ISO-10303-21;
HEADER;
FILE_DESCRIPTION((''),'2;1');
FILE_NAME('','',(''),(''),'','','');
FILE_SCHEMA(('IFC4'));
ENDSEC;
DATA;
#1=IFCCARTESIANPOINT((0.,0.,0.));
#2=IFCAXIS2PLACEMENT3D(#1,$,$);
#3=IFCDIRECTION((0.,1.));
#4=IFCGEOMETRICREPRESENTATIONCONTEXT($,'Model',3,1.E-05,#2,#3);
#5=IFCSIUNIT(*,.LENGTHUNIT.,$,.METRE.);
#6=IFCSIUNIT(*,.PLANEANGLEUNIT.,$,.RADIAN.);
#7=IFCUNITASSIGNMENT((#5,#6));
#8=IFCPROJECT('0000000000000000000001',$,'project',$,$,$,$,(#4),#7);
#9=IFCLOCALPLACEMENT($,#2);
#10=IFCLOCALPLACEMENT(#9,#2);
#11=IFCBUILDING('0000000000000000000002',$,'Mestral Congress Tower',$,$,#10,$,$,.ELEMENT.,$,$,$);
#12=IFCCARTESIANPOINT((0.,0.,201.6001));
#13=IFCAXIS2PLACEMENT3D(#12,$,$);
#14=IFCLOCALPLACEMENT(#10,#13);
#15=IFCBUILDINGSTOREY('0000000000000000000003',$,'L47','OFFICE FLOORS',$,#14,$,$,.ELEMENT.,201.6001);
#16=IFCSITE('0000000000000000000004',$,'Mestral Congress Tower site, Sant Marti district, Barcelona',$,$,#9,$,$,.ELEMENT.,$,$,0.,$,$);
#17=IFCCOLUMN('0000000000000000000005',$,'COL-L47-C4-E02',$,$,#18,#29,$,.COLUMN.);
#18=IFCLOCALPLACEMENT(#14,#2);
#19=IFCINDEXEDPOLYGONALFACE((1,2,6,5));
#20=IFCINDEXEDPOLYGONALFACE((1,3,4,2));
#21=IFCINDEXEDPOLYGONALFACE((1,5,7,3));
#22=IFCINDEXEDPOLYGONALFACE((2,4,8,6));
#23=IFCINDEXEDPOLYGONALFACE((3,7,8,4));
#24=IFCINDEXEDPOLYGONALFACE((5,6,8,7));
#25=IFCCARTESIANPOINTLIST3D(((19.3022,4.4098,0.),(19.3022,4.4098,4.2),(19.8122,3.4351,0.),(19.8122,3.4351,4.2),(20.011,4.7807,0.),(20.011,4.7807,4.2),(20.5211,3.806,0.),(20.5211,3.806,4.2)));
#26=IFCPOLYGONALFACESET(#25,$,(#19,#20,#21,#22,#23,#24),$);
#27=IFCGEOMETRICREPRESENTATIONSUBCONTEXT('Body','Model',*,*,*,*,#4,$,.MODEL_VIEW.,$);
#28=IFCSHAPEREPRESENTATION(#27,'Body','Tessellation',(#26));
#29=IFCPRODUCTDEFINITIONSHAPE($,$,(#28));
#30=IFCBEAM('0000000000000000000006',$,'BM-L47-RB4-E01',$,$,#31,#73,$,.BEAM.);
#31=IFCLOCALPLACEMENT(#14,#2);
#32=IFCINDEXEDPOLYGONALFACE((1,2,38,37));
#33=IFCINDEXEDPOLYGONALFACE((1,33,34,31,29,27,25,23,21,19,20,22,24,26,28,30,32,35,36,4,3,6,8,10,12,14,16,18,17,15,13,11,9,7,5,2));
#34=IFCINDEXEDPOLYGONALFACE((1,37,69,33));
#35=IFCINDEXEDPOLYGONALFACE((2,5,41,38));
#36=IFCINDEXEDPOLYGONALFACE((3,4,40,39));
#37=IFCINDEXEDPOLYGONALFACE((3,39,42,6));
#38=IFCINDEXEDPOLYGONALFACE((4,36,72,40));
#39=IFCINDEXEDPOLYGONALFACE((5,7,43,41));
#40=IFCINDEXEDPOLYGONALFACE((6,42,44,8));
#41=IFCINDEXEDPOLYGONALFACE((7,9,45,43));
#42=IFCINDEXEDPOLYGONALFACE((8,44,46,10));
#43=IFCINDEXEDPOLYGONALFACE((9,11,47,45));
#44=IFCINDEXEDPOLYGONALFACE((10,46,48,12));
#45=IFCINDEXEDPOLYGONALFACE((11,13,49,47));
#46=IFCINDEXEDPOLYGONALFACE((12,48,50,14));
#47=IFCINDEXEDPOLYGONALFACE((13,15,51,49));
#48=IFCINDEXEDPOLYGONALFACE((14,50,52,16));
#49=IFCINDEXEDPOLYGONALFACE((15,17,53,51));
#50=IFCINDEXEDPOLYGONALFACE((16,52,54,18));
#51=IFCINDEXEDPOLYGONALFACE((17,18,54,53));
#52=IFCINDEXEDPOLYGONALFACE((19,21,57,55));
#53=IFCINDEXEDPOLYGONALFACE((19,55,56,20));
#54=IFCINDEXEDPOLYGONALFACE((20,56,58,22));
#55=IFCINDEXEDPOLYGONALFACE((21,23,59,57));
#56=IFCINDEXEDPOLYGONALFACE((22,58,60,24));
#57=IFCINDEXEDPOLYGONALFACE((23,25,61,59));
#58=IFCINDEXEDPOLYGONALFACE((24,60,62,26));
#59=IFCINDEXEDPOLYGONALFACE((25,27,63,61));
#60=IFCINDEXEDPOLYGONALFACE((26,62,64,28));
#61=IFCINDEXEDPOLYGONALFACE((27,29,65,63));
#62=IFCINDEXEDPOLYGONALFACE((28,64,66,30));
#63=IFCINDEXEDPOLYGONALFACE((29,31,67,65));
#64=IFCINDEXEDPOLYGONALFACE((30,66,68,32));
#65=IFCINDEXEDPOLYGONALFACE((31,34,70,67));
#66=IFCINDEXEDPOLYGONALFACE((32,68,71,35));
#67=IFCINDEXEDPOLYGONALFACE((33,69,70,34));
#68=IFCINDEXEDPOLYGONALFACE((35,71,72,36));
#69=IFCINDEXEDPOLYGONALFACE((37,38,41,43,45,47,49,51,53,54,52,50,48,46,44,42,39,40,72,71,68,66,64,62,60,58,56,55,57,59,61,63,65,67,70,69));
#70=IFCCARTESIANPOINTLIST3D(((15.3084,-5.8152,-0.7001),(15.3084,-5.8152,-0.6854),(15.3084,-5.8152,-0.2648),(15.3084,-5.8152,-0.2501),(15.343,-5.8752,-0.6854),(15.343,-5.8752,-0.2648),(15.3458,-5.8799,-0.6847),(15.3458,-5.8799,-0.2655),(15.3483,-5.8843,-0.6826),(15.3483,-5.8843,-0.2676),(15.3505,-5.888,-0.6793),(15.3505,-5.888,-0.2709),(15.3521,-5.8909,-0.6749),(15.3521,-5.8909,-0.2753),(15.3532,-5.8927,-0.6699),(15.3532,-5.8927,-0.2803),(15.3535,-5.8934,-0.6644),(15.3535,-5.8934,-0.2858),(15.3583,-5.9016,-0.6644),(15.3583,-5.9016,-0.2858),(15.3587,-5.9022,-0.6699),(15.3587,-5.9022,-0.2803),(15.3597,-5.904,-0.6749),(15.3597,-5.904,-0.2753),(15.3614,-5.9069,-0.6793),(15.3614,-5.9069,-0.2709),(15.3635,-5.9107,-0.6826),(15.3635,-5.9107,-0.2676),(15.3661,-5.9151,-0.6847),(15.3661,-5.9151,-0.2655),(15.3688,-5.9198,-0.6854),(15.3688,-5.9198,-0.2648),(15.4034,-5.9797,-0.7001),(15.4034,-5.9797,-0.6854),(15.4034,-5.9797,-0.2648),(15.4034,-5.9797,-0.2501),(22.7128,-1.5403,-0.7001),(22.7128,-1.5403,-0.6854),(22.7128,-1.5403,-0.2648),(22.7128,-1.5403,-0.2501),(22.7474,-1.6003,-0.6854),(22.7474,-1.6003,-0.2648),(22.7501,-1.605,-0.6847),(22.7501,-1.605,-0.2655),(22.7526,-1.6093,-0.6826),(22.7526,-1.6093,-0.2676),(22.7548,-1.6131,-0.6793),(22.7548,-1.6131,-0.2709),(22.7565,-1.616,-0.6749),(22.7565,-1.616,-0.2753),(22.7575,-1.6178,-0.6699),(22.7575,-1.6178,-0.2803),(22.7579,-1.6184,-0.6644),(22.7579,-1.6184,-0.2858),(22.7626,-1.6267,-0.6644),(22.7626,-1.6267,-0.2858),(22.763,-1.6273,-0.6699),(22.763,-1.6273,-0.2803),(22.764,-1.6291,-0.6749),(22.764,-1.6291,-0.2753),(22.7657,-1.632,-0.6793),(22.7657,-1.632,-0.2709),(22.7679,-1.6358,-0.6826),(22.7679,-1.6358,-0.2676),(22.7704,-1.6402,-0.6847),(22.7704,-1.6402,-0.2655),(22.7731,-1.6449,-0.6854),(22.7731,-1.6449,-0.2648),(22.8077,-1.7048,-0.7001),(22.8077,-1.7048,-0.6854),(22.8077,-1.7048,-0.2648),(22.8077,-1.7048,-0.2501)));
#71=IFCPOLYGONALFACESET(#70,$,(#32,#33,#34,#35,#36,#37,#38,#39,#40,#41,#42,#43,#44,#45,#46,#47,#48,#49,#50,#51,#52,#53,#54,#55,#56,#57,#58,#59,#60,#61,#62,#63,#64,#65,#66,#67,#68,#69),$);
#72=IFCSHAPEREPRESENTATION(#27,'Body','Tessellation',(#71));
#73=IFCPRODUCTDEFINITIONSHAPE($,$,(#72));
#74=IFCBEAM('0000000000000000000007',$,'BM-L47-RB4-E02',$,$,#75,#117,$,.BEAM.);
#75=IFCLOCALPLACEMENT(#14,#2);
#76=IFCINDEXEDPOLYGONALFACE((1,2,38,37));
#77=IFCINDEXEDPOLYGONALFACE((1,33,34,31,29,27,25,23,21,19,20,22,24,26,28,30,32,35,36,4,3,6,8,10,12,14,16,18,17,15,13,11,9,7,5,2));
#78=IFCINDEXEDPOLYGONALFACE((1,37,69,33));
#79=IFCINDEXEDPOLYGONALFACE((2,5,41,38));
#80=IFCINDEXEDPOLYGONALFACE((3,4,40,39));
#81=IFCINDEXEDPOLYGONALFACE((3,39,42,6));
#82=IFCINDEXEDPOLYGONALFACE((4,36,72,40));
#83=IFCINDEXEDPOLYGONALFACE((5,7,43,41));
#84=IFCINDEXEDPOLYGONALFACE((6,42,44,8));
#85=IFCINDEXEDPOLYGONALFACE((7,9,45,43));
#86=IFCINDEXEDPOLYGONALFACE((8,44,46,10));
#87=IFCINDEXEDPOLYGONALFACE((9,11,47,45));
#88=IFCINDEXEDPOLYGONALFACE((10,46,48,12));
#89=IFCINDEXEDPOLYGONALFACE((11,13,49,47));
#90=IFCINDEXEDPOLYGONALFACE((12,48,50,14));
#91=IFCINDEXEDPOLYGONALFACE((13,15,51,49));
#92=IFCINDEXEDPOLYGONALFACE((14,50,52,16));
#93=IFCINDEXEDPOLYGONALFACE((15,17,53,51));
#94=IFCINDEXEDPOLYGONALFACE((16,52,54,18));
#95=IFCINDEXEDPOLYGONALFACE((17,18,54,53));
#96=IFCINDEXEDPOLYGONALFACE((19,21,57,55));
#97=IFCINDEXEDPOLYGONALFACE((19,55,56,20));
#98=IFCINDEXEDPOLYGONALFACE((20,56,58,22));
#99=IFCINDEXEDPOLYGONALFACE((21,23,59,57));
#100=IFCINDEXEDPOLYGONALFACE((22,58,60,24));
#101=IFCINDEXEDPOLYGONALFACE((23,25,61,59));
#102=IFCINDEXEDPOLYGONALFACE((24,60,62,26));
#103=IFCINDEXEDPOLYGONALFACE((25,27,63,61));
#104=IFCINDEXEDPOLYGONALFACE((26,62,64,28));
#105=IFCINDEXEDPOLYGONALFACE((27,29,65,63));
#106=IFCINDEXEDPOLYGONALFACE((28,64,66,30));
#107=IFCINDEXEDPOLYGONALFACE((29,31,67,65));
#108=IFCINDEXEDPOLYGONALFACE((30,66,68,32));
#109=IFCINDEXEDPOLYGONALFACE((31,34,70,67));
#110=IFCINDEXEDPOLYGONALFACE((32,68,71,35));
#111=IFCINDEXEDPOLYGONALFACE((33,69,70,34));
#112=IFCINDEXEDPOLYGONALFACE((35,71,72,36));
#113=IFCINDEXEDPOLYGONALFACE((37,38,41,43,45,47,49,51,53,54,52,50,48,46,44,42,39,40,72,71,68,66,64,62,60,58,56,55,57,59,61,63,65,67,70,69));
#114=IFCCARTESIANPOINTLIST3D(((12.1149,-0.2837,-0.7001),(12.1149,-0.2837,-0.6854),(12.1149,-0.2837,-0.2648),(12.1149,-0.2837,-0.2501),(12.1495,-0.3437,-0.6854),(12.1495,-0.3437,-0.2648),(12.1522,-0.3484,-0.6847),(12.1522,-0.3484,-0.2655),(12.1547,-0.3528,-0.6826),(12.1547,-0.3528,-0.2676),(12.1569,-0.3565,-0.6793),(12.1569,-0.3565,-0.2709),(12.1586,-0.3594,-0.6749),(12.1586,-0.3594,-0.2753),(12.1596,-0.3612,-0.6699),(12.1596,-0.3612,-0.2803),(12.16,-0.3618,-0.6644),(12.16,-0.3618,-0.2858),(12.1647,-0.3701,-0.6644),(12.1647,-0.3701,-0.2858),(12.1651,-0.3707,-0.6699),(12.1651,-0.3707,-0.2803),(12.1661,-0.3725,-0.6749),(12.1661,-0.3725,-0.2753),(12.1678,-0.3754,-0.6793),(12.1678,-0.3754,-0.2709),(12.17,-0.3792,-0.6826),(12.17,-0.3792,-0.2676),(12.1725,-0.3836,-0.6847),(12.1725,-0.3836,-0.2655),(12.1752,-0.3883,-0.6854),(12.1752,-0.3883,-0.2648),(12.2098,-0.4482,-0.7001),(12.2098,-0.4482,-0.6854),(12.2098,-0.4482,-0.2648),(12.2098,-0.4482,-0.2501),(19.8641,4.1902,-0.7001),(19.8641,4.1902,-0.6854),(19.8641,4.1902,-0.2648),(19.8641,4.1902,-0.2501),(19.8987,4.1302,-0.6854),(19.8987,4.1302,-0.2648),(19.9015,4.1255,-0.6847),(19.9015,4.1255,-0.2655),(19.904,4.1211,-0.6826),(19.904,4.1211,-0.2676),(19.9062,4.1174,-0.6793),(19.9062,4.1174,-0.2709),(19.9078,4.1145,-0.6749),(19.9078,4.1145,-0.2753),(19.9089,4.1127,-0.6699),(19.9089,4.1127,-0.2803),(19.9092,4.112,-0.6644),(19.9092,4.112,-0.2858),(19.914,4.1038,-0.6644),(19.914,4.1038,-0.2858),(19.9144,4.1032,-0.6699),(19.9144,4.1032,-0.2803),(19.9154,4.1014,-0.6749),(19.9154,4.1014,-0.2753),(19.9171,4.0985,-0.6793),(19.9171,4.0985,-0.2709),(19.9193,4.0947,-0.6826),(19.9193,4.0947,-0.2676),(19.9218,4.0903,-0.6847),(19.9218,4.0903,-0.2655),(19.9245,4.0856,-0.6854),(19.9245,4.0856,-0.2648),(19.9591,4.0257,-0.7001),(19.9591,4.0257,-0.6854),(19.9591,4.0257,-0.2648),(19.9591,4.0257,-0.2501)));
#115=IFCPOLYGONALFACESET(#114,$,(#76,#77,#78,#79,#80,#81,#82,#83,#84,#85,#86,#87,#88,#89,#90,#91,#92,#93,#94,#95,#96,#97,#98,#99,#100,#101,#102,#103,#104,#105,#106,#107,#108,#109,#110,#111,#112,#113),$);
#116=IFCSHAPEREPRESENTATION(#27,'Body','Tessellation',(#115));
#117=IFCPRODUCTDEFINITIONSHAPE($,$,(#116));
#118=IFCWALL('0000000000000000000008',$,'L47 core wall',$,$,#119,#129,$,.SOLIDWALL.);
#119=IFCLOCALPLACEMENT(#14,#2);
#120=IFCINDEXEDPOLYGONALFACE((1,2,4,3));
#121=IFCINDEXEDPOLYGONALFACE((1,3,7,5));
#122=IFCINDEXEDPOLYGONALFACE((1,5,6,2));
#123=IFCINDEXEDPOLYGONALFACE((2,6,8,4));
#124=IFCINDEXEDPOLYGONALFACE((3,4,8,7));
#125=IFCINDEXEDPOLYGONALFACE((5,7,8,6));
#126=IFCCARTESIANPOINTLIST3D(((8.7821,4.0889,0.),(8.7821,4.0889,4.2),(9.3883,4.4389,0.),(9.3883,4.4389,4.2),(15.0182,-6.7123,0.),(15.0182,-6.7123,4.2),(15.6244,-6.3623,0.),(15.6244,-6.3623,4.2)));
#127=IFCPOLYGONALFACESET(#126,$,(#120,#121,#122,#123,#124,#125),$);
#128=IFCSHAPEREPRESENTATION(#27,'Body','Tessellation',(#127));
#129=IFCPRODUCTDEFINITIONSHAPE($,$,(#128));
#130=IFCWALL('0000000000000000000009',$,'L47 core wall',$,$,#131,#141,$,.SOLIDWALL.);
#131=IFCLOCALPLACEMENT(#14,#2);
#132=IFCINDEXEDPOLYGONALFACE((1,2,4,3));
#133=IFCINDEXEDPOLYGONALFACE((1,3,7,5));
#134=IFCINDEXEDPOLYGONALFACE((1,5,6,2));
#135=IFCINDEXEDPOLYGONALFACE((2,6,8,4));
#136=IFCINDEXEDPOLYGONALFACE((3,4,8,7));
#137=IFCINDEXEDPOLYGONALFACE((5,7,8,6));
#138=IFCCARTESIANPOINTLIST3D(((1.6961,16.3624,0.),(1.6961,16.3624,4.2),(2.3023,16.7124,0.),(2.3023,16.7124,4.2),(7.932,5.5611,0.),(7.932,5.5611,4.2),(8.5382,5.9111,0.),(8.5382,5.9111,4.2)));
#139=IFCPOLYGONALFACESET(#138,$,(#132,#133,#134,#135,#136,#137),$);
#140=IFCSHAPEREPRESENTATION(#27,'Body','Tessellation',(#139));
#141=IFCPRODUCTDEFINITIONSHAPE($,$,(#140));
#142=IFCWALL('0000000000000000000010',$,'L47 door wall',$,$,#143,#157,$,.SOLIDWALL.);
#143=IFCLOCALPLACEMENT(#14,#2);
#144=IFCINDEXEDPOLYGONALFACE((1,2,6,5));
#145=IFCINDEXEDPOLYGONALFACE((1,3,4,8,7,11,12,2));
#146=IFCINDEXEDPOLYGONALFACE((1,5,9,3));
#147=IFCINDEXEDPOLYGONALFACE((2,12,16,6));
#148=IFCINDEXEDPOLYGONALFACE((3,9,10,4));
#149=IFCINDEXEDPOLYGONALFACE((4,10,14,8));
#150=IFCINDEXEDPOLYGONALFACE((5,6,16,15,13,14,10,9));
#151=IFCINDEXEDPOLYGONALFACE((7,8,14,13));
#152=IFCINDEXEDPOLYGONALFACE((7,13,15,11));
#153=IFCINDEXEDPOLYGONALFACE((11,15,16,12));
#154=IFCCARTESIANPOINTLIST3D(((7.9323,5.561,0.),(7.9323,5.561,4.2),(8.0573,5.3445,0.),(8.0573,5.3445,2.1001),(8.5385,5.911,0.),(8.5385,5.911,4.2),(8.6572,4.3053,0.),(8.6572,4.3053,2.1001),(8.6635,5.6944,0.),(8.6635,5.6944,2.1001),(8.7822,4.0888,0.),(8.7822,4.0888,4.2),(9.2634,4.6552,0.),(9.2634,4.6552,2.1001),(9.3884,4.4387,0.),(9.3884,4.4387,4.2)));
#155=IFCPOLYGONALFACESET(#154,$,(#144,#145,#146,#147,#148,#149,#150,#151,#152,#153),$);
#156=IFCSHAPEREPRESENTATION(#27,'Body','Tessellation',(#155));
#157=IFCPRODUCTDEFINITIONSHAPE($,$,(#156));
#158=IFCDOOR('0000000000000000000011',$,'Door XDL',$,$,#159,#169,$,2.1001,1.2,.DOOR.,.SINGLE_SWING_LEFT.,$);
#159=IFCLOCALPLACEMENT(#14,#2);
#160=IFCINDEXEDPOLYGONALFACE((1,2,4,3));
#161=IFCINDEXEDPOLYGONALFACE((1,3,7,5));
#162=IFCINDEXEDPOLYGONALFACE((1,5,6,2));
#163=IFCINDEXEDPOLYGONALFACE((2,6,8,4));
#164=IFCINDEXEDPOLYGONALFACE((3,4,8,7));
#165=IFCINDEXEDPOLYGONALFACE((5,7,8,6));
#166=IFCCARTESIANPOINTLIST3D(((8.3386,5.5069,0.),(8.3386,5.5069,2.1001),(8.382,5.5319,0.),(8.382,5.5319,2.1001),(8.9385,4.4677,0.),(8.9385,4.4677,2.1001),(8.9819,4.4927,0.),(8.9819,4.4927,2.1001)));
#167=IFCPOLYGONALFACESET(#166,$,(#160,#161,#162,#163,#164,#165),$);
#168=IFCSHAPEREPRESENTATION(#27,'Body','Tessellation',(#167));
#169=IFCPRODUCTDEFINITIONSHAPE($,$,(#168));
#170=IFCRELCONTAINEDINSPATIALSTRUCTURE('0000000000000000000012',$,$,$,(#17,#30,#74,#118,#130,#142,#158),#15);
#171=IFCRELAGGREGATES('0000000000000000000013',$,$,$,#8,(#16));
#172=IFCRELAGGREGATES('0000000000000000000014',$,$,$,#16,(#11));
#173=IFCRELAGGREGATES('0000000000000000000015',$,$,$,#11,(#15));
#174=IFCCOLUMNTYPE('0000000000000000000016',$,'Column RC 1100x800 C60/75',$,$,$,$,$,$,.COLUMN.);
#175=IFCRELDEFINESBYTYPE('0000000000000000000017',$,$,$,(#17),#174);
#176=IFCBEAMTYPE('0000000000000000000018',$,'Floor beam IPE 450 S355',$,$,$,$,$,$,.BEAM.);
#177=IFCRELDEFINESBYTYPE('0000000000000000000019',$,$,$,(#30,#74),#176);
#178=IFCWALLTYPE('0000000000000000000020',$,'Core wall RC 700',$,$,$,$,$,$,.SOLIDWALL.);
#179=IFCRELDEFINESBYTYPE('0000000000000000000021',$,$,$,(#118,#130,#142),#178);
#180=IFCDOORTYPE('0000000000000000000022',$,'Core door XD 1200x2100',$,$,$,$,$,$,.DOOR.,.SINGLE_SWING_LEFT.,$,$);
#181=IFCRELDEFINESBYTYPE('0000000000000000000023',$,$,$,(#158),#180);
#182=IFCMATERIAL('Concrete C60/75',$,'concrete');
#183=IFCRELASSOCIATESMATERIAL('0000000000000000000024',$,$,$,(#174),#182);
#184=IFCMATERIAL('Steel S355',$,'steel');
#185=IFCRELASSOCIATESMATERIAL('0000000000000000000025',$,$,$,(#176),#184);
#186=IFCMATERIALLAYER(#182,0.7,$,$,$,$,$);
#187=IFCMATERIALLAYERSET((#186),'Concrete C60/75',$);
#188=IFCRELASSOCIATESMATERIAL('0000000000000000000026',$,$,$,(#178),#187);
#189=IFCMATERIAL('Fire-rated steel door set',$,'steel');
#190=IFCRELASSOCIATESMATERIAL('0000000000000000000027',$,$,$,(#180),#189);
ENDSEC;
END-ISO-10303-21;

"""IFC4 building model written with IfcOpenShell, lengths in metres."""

from ifc_helpers import new_model, si_unit, direction, frame, frame_2d, origin, origin_2d, place, context, subcontext, project, spatial, rectangle, i_section, extrude, material, layer, layer_set, material_profile, profile_set, type_object, element, fill, save


model = new_model("IFC4")

# Units and contexts
model_context = context("Model", 3, precision=1e-05, world=origin(), true_north=direction((0.0, 1.0)))
body_context = subcontext(model_context, "Body", "Model", "MODEL_VIEW")
ifc_project = project(units=[si_unit("LENGTHUNIT", "METRE"), si_unit("PLANEANGLEUNIT", "RADIAN")], contexts=[model_context])

# Site, building, storey
site_placement = place(None, origin())
site = spatial("IfcSite", under=ifc_project, at=site_placement, Name="Mestral Congress Tower site, Sant Marti district, Barcelona", CompositionType="ELEMENT", RefElevation=0.0)
building_placement = place(site_placement, origin())
building = spatial("IfcBuilding", under=site, at=building_placement, Name="Mestral Congress Tower", CompositionType="ELEMENT")
storey_placement = place(building_placement, frame((0.0, 0.0, 201.6001)))
storey = spatial("IfcBuildingStorey", under=building, at=storey_placement, Name="L47", Description="OFFICE FLOORS", CompositionType="ELEMENT", Elevation=201.6001)

# Column
ifc_material_1 = material(Name="Concrete C60/75", Category="concrete")
ifc_material_profile_1 = material_profile(ifc_material_1, rectangle(XDim=1.1001, YDim=0.8, at=origin_2d()), Name="RC 1100x800")
ifc_profile_set_1 = profile_set([ifc_material_profile_1], Name="Concrete C60/75")
column_type = type_object("IfcColumnType", Name="Column RC 1100x800 C60/75", PredefinedType="COLUMN", material=ifc_profile_set_1)
column_placement = place(storey_placement, frame((19.9116, 4.1079, 0.0), z_axis=(0.0, 0.0, 1.0), x_axis=(-0.463636, 0.886026, 0.0)))
element("IfcColumn", 1, at=column_placement, inside=storey, type_object=column_type, Name="COL-L47-C4-E02", PredefinedType="COLUMN", context=body_context, shape_type="SweptSolid", body=[
    extrude(rectangle(XDim=1.1001, YDim=0.8, at=origin_2d()), origin(), (0.0, 0.0, 1.0), 4.2),
])

# Beams
ifc_material_2 = material(Name="Steel S355", Category="steel")
ifc_material_profile_2 = material_profile(ifc_material_2, i_section(OverallWidth=0.1899, OverallDepth=0.45, WebThickness=0.0095, FlangeThickness=0.0146, FilletRadius=0.021, at=origin_2d()), Name="IPE 450")
ifc_profile_set_2 = profile_set([ifc_material_profile_2], Name="Steel S355")
beam_type = type_object("IfcBeamType", Name="Floor beam IPE 450 S355", PredefinedType="BEAM", material=ifc_profile_set_2)
beam_1_placement = place(storey_placement, frame((22.7603, -1.6226, -0.4751), z_axis=(-0.866024, -0.500003, 0.0), x_axis=(0.500003, -0.866024, 0.0)))
element("IfcBeam", 2, at=beam_1_placement, inside=storey, type_object=beam_type, Name="BM-L47-RB4-E01", PredefinedType="BEAM", context=body_context, shape_type="SweptSolid", body=[
    extrude(i_section(OverallWidth=0.1899, OverallDepth=0.45, WebThickness=0.0095, FlangeThickness=0.0146, FilletRadius=0.021, at=origin_2d()), origin(), (0.0, 0.0, 1.0), 8.5498),
])
beam_2_placement = place(storey_placement, frame((19.9116, 4.1079, -0.4751), z_axis=(-0.866033, -0.499986, 0.0), x_axis=(0.499986, -0.866033, 0.0)))
element("IfcBeam", 3, at=beam_2_placement, inside=storey, type_object=beam_type, Name="BM-L47-RB4-E02", PredefinedType="BEAM", context=body_context, shape_type="SweptSolid", body=[
    extrude(i_section(OverallWidth=0.1899, OverallDepth=0.45, WebThickness=0.0095, FlangeThickness=0.0146, FilletRadius=0.021, at=origin_2d()), origin(), (0.0, 0.0, 1.0), 8.948),
])

# Walls
ifc_layer_1 = layer(ifc_material_1, 0.7)
ifc_layer_set_1 = layer_set([ifc_layer_1], Name="Concrete C60/75")
wall_type_1 = type_object("IfcWallType", Name="Core wall RC 700", PredefinedType="SOLIDWALL", material=ifc_layer_set_1)
for number, where, z_axis, x_axis, name in (
    (4, (9.0852, 4.2639, 0.0), (0.0, 0.0, 1.0), (0.499998, -0.866027, 0.0), "L47 core wall"),
    (5, (8.2351, 5.7361, 0.0), (0.0, 0.0, 1.0), (-0.499983, 0.866035, 0.0), "L47 core wall"),
):
    element("IfcWall", number, at=place(storey_placement, frame(where, z_axis=z_axis, x_axis=x_axis)), inside=storey, type_object=wall_type_1, Name=name, PredefinedType="SOLIDWALL", context=body_context, shape_type="SweptSolid", body=[
        extrude(rectangle(XDim=12.4722, YDim=0.7, at=frame_2d((6.2361, 0.0))), origin(), (0.0, 0.0, 1.0), 4.2),
    ])

# Wall, opening, door
wall_1_placement = place(storey_placement, frame((8.2354, 5.7361, 0.0), z_axis=(0.0, 0.0, 1.0), x_axis=(0.499955, -0.866052, 0.0)))
wall_1 = element("IfcWall", 6, at=wall_1_placement, inside=storey, type_object=wall_type_1, Name="L47 door wall", PredefinedType="SOLIDWALL", context=body_context, shape_type="SweptSolid", body=[
    extrude(rectangle(XDim=1.7, YDim=0.7, at=frame_2d((0.8501, 0.0))), origin(), (0.0, 0.0, 1.0), 4.2),
])
opening_1_placement = place(wall_1_placement, frame((0.25, 0.0, 0.0)))
opening_1 = element("IfcOpeningElement", 7, at=opening_1_placement, cuts=wall_1, PredefinedType="OPENING", context=body_context, shape_type="SweptSolid", body=[
    extrude(rectangle(XDim=1.2, YDim=2.1001, at=frame_2d((0.6001, 1.05))), frame((0.0, 0.3599, 0.0), z_axis=(0.0, -1.0, 0.0), x_axis=(1.0, 0.0, 0.0)), (0.0, 0.0, 1.0), 0.72),
])
ifc_material_3 = material(Name="Fire-rated steel door set", Category="steel")
door_type_1 = type_object("IfcDoorType", Name="Core door XD 1200x2100", OperationType="SINGLE_SWING_LEFT", PredefinedType="DOOR", material=ifc_material_3)
door_1_placement = place(opening_1_placement, origin())
door_1 = element("IfcDoor", 8, at=door_1_placement, inside=storey, type_object=door_type_1, Name="Door XDL", OperationType="SINGLE_SWING_LEFT", OverallHeight=2.1001, OverallWidth=1.2, PredefinedType="DOOR", context=body_context, shape_type="SweptSolid", body=[
    extrude(rectangle(XDim=1.2, YDim=2.1001, at=frame_2d((0.6001, 1.05))), frame((0.0, 0.0249, 0.0), z_axis=(0.0, -1.0, 0.0), x_axis=(1.0, 0.0, 0.0)), (0.0, 0.0, 1.0), 0.05),
])
fill(opening_1, door_1)

save(model, "model.ifc")
